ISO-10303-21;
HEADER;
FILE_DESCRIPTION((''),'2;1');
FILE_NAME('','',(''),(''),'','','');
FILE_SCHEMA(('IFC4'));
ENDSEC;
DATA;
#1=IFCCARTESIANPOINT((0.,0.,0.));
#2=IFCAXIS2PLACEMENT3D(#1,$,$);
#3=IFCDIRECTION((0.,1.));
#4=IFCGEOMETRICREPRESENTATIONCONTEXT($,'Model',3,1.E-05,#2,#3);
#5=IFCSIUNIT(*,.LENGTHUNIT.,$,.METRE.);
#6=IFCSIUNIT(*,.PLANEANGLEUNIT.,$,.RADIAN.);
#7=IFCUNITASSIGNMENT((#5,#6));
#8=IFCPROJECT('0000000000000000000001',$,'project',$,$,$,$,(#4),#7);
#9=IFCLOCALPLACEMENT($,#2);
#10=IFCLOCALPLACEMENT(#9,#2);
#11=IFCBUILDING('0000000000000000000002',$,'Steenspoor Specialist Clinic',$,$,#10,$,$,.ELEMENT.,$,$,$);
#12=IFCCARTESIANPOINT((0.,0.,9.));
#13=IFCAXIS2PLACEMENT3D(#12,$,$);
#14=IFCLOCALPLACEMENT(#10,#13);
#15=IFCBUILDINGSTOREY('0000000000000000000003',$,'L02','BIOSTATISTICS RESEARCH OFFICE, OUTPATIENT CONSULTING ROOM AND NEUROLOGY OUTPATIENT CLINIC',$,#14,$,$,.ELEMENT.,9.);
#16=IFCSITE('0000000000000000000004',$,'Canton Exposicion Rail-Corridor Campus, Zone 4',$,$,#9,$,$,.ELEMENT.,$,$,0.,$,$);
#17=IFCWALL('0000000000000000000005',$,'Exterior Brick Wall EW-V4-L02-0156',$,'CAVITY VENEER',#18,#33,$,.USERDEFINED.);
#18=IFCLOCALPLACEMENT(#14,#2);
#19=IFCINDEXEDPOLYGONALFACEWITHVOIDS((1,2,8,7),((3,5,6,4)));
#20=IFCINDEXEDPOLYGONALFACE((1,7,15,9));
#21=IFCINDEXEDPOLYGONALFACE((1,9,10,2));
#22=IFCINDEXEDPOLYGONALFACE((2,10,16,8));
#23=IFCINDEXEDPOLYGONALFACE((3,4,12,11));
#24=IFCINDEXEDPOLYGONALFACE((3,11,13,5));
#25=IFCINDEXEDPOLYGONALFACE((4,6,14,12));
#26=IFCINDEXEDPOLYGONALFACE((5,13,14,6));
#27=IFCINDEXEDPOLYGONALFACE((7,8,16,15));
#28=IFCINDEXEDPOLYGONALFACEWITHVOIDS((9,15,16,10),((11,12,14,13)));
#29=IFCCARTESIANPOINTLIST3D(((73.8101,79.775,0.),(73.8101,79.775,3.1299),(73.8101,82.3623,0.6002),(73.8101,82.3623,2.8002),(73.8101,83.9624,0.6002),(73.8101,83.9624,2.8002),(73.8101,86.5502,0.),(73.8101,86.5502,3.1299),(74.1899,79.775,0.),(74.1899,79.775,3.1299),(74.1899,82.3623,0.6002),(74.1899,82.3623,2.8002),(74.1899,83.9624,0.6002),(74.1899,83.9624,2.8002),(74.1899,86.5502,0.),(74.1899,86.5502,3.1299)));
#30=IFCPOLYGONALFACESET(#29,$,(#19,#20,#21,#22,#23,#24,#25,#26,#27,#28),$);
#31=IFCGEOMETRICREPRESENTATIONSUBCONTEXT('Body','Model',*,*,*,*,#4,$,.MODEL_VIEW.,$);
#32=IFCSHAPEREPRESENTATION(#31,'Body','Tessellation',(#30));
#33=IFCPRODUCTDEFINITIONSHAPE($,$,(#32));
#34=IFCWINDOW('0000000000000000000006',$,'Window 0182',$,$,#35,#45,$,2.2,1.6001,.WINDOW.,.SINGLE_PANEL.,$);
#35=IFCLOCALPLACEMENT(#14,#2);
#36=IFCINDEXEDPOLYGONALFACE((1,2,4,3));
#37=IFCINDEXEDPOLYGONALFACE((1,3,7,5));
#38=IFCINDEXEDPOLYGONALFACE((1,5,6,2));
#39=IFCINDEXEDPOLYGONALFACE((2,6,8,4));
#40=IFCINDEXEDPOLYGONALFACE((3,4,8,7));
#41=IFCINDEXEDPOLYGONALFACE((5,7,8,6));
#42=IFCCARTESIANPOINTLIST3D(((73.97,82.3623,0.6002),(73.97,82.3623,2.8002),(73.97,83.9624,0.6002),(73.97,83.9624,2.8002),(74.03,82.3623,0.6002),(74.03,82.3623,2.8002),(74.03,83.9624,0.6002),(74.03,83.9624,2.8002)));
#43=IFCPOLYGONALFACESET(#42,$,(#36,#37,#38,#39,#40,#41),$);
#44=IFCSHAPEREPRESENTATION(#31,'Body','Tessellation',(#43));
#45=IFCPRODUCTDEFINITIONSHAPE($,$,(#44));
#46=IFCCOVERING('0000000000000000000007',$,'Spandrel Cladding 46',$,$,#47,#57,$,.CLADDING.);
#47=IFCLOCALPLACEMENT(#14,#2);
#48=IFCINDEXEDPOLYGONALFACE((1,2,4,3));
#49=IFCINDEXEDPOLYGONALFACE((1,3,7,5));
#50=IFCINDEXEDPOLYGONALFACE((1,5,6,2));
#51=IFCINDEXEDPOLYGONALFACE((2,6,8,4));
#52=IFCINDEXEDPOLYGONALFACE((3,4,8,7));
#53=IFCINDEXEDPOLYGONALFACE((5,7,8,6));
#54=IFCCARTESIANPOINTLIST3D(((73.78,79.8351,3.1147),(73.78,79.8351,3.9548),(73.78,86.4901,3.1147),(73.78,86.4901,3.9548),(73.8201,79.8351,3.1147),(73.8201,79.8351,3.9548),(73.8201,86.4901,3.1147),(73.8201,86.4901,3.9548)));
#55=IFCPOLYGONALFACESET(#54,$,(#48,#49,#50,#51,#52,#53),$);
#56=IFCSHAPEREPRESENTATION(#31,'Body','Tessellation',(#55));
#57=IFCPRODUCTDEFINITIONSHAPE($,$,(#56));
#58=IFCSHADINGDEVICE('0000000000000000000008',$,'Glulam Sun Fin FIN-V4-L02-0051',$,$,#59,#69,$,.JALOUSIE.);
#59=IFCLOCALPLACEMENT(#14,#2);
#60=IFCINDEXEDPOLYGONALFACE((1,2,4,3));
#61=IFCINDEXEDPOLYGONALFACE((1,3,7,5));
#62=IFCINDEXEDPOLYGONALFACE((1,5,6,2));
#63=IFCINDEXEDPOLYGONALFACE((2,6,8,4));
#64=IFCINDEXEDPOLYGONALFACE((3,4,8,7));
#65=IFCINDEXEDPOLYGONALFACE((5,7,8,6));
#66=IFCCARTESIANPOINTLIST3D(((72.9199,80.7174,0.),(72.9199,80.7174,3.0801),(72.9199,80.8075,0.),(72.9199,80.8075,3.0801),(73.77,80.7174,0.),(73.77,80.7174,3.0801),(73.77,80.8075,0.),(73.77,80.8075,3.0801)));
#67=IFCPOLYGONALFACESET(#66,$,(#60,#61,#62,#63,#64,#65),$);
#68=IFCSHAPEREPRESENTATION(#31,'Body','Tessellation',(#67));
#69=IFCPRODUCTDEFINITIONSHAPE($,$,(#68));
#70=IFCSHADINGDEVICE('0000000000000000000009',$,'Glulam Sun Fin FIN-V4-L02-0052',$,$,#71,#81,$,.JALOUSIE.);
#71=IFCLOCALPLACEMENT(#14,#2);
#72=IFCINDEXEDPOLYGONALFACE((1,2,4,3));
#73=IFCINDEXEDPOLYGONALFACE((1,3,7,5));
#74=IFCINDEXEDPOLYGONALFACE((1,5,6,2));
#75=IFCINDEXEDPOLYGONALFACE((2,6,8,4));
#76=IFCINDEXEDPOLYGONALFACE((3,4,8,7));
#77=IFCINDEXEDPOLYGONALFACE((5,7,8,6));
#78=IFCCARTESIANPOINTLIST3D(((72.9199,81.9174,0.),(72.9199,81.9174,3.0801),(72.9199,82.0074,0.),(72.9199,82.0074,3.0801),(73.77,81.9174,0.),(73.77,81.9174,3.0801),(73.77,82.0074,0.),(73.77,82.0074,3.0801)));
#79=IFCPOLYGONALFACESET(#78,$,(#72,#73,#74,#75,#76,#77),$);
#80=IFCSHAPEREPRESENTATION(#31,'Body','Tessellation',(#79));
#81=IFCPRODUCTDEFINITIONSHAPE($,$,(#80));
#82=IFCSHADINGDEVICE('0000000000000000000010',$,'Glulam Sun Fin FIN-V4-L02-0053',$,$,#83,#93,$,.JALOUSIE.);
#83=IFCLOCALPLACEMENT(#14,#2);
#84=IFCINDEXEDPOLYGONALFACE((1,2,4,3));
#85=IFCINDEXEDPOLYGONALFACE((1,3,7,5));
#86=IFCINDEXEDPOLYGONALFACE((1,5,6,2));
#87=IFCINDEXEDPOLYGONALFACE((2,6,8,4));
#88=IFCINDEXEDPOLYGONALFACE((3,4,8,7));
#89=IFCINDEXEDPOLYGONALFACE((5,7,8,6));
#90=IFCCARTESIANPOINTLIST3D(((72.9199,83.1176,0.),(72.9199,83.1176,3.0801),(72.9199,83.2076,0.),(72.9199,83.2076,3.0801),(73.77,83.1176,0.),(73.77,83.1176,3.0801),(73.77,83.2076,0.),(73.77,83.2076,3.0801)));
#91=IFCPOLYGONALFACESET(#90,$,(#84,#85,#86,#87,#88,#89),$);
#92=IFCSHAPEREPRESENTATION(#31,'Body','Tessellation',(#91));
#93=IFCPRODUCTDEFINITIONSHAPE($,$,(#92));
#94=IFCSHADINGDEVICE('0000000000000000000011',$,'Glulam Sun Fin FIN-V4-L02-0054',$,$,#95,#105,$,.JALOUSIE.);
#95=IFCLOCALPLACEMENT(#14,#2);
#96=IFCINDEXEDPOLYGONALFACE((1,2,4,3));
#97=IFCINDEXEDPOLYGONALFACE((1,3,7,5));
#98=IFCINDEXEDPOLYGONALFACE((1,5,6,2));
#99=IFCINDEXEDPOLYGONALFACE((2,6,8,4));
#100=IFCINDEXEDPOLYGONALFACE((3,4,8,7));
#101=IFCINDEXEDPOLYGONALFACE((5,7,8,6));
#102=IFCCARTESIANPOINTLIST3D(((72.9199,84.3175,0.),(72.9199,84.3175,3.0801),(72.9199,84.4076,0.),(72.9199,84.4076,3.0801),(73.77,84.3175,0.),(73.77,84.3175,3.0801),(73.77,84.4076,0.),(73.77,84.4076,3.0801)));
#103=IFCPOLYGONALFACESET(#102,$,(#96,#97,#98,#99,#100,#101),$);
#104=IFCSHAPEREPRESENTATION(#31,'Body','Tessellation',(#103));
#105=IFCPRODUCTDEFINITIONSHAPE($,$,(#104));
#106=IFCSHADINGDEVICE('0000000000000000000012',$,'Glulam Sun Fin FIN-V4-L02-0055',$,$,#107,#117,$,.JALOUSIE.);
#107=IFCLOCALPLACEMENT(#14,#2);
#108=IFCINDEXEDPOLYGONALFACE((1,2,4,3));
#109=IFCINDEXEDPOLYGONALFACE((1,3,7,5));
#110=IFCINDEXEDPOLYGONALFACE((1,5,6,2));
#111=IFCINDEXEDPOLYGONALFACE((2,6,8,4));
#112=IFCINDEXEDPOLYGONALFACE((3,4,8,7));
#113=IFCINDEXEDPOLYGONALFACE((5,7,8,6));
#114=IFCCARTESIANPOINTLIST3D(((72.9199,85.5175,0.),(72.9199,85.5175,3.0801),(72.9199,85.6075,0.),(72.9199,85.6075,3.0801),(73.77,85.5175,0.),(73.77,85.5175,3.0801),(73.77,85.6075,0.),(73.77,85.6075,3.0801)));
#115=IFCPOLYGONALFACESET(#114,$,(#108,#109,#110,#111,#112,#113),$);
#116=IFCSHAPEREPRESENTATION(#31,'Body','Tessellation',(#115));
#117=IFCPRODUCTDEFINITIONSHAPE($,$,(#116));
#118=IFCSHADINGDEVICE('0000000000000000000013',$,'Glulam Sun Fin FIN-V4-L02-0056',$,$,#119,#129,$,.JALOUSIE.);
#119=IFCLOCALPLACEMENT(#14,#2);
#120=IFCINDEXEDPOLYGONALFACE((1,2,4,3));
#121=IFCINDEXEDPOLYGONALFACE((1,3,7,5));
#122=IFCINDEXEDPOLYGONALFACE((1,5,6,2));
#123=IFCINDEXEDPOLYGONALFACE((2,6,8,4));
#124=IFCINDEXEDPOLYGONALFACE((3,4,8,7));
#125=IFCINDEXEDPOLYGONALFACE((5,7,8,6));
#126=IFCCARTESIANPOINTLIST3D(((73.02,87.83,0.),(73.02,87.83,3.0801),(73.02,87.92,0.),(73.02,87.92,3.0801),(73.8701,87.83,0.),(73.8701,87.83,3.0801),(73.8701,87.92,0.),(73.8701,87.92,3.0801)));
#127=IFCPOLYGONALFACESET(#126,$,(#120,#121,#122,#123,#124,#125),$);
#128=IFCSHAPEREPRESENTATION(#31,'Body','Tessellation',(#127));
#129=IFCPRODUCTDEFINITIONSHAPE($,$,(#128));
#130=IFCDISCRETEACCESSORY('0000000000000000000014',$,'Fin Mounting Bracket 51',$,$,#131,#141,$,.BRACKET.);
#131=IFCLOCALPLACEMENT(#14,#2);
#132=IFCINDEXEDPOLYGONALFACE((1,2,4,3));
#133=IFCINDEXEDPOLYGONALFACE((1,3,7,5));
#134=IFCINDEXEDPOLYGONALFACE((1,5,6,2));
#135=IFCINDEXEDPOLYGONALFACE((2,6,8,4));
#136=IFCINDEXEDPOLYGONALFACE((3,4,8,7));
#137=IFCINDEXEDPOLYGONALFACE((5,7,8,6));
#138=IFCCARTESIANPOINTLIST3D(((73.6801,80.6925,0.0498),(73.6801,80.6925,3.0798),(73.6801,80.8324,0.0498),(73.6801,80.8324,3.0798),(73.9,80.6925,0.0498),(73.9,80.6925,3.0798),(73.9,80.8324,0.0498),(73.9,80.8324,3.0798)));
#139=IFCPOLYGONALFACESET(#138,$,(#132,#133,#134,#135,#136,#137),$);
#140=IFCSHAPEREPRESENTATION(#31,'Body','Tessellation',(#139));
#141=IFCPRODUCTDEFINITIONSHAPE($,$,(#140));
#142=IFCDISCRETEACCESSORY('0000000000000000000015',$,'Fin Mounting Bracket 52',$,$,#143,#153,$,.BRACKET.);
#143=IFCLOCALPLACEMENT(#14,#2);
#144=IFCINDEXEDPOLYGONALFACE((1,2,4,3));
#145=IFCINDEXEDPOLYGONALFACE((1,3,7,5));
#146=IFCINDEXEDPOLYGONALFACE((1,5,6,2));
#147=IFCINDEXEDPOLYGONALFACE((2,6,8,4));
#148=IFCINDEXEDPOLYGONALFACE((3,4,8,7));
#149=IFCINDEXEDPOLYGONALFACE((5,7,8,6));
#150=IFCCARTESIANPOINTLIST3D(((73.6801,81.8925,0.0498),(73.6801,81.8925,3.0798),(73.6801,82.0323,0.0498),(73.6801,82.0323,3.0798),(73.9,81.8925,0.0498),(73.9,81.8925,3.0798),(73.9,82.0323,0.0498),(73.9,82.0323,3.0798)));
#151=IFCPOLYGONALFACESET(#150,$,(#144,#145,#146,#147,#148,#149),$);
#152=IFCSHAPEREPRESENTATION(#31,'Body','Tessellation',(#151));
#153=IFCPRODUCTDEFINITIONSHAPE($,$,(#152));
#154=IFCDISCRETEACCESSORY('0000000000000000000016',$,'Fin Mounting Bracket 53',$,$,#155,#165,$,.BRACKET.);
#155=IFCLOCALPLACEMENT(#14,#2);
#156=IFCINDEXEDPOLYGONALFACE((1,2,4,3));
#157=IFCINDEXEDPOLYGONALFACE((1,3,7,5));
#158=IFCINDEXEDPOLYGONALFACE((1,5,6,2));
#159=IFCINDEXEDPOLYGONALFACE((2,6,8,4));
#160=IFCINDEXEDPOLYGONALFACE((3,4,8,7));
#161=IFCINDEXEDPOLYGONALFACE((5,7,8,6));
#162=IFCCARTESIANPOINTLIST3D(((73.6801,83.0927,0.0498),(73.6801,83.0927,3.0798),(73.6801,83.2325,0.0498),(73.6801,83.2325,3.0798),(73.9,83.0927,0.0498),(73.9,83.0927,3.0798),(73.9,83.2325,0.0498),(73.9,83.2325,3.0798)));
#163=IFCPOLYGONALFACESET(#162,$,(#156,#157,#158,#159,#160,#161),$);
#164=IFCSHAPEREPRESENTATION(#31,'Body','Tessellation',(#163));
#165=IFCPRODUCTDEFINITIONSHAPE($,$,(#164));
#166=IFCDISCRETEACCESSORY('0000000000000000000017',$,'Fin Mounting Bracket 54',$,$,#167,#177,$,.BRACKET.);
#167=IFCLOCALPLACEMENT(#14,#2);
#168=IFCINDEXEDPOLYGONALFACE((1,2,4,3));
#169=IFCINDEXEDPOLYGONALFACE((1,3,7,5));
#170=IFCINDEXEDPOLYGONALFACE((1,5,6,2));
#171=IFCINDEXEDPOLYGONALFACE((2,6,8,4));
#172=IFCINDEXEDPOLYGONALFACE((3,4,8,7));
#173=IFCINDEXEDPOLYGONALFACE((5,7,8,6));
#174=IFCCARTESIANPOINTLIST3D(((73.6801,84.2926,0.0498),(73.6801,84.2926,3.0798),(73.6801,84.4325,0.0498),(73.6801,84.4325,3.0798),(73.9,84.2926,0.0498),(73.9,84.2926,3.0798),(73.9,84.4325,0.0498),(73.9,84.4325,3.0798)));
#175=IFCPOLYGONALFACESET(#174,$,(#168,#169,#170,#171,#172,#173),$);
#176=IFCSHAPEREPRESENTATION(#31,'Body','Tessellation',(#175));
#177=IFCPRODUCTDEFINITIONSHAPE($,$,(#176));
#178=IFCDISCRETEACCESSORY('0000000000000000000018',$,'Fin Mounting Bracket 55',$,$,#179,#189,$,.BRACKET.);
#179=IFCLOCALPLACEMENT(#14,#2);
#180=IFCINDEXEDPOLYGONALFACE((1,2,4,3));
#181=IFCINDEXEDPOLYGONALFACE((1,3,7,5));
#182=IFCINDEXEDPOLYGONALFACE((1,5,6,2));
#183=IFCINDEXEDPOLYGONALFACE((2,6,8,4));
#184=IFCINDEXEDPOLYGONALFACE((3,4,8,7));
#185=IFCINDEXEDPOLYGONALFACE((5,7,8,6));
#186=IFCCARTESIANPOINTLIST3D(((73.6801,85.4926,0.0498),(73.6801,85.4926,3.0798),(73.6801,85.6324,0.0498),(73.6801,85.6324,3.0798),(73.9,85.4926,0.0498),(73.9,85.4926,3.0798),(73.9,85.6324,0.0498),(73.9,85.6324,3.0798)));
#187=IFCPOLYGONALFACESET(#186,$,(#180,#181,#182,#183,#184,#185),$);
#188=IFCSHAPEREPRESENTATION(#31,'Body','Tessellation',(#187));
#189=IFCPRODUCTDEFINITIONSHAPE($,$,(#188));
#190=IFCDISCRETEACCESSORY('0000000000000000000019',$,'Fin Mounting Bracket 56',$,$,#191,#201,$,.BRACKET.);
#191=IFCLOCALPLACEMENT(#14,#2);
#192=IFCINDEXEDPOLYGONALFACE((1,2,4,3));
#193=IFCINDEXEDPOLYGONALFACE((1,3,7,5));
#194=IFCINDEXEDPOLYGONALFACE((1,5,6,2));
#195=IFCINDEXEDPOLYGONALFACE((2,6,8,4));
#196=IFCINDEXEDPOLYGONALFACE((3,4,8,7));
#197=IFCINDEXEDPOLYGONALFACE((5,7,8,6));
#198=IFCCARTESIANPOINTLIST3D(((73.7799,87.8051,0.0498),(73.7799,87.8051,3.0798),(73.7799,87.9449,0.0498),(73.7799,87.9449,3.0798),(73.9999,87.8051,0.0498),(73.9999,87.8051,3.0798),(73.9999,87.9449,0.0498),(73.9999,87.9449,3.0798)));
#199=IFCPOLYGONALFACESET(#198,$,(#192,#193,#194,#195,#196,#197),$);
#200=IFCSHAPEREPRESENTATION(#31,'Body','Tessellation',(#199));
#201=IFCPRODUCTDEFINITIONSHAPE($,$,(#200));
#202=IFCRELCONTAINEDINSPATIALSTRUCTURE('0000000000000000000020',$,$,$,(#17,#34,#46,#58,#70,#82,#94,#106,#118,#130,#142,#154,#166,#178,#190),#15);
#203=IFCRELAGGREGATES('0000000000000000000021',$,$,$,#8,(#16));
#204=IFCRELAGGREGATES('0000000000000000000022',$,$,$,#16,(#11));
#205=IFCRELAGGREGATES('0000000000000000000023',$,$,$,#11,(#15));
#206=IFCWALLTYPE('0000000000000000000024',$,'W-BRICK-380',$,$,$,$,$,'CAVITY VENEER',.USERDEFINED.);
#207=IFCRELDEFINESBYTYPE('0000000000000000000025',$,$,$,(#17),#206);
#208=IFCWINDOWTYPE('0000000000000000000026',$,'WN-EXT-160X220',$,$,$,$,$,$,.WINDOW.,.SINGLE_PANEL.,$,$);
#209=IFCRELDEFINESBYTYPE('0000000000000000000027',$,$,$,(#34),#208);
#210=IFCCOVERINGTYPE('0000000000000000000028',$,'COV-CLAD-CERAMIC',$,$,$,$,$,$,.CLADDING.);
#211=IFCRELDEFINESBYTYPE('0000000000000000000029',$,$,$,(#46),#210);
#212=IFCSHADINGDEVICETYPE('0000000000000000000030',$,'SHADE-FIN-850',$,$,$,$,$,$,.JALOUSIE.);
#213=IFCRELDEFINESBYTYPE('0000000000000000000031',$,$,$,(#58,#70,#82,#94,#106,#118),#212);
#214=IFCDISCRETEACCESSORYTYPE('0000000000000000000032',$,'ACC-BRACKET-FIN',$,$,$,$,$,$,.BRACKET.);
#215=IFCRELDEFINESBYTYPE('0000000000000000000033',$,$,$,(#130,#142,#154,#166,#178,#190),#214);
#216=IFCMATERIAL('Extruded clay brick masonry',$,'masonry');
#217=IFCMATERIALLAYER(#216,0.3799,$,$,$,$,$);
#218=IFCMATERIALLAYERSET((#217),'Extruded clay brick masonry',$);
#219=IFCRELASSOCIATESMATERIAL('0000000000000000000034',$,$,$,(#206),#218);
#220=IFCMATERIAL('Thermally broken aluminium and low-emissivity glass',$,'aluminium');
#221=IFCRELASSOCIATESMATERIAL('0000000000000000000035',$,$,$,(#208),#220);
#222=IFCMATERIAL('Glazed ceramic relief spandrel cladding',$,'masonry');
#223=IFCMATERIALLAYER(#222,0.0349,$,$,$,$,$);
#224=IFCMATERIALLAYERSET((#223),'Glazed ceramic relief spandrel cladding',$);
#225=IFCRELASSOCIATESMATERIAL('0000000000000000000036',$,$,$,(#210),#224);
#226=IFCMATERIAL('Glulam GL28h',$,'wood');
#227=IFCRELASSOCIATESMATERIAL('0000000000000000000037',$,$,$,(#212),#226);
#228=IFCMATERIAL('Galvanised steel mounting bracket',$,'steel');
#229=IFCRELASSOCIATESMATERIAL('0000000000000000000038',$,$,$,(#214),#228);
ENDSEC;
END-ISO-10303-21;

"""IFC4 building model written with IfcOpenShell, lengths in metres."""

from ifc_helpers import new_model, si_unit, direction, frame, frame_2d, origin, origin_2d, place, context, subcontext, project, spatial, rectangle, extrude, material, layer, layer_set, material_profile, profile_set, type_object, element, fill, save


model = new_model("IFC4")

# Units and contexts
model_context = context("Model", 3, precision=1e-05, world=origin(), true_north=direction((0.0, 1.0)))
body_context = subcontext(model_context, "Body", "Model", "MODEL_VIEW")
ifc_project = project(units=[si_unit("LENGTHUNIT", "METRE"), si_unit("PLANEANGLEUNIT", "RADIAN")], contexts=[model_context])

# Site, building, storey
site_placement = place(None, origin())
site = spatial("IfcSite", under=ifc_project, at=site_placement, Name="Canton Exposicion Rail-Corridor Campus, Zone 4", CompositionType="ELEMENT", RefElevation=0.0)
building_placement = place(site_placement, origin())
building = spatial("IfcBuilding", under=site, at=building_placement, Name="Steenspoor Specialist Clinic", CompositionType="ELEMENT")
storey_placement = place(building_placement, frame((0.0, 0.0, 9.0)))
storey = spatial("IfcBuildingStorey", under=building, at=storey_placement, Name="L02", Description="BIOSTATISTICS RESEARCH OFFICE, OUTPATIENT CONSULTING ROOM AND NEUROLOGY OUTPATIENT CLINIC", CompositionType="ELEMENT", Elevation=9.0)

# Shared definitions
ifc_material_1 = material(Name="Thermally broken aluminium and low-emissivity glass", Category="aluminium")

# Wall, opening, window
ifc_material_2 = material(Name="Extruded clay brick masonry", Category="masonry")
ifc_layer_1 = layer(ifc_material_2, 0.3799)
ifc_layer_set_1 = layer_set([ifc_layer_1], Name="Extruded clay brick masonry")
wall_type = type_object("IfcWallType", Name="W-BRICK-380", ElementType="CAVITY VENEER", PredefinedType="USERDEFINED", material=ifc_layer_set_1)
wall_placement = place(storey_placement, frame((74.0, 79.7749, 0.0), z_axis=(0.0, 0.0, 1.0), x_axis=(0.0, 1.0, 0.0)))
wall = element("IfcWall", 1, at=wall_placement, inside=storey, type_object=wall_type, Name="Exterior Brick Wall EW-V4-L02-0156", ObjectType="CAVITY VENEER", PredefinedType="USERDEFINED", context=body_context, shape_type="SweptSolid", body=[
    extrude(rectangle(XDim=6.7751, YDim=0.3799, at=frame_2d((3.3877, 0.0))), origin(), (0.0, 0.0, 1.0), 3.1299),
])
opening_placement = place(wall_placement, frame((2.5874, 0.0, 0.6001)))
opening = element("IfcOpeningElement", 2, at=opening_placement, cuts=wall, PredefinedType="OPENING", context=body_context, shape_type="SweptSolid", body=[
    extrude(rectangle(XDim=1.6001, YDim=2.2, at=frame_2d((0.8, 1.1001))), frame((0.0, 0.2, 0.0), z_axis=(0.0, -1.0, 0.0), x_axis=(1.0, 0.0, 0.0)), (0.0, 0.0, 1.0), 0.3999),
])
window_type = type_object("IfcWindowType", Name="WN-EXT-160X220", PartitioningType="SINGLE_PANEL", PredefinedType="WINDOW", material=ifc_material_1)
window_placement = place(opening_placement, origin())
window = element("IfcWindow", 3, at=window_placement, inside=storey, type_object=window_type, Name="Window 0182", OverallHeight=2.2, OverallWidth=1.6001, PartitioningType="SINGLE_PANEL", PredefinedType="WINDOW", context=body_context, shape_type="SweptSolid", body=[
    extrude(rectangle(XDim=1.6001, YDim=2.2, at=frame_2d((0.8, 1.1001))), frame((0.0, 0.03, 0.0), z_axis=(0.0, -1.0, 0.0), x_axis=(1.0, 0.0, 0.0)), (0.0, 0.0, 1.0), 0.0601),
])
fill(opening, window)

# Covering
ifc_material_3 = material(Name="Glazed ceramic relief spandrel cladding", Category="masonry")
ifc_layer_2 = layer(ifc_material_3, 0.0349)
ifc_layer_set_2 = layer_set([ifc_layer_2], Name="Glazed ceramic relief spandrel cladding")
covering_type = type_object("IfcCoveringType", Name="COV-CLAD-CERAMIC", PredefinedType="CLADDING", material=ifc_layer_set_2)
covering_placement = place(storey_placement, frame((73.8, 83.1626, 3.1147), z_axis=(0.0, 0.0, 1.0), x_axis=(0.0, 1.0, 0.0)))
element("IfcCovering", 4, at=covering_placement, inside=storey, type_object=covering_type, Name="Spandrel Cladding 46", PredefinedType="CLADDING", context=body_context, shape_type="SweptSolid", body=[
    extrude(rectangle(XDim=6.655, YDim=0.04, at=origin_2d()), origin(), (0.0, 0.0, 1.0), 0.8401),
])

# Shading devices
ifc_material_4 = material(Name="Glulam GL28h", Category="wood")
ifc_material_profile_1 = material_profile(ifc_material_4, rectangle(XDim=0.0901, YDim=0.8501, at=origin_2d()), Name="GL28H-90X850")
ifc_profile_set_1 = profile_set([ifc_material_profile_1], Name="Glulam GL28h")
shading_device_type = type_object("IfcShadingDeviceType", Name="SHADE-FIN-850", PredefinedType="JALOUSIE", material=ifc_profile_set_1)
for number, where, z_axis, x_axis, name in (
    (5, (73.345, 80.7625, 0.0), (0.0, 0.0, 1.0), (0.0, 1.0, 0.0), "Glulam Sun Fin FIN-V4-L02-0051"),
    (6, (73.345, 81.9624, 0.0), (0.0, 0.0, 1.0), (0.0, 1.0, 0.0), "Glulam Sun Fin FIN-V4-L02-0052"),
    (7, (73.345, 83.1626, 0.0), (0.0, 0.0, 1.0), (0.0, 1.0, 0.0), "Glulam Sun Fin FIN-V4-L02-0053"),
    (8, (73.345, 84.3625, 0.0), (0.0, 0.0, 1.0), (0.0, 1.0, 0.0), "Glulam Sun Fin FIN-V4-L02-0054"),
    (9, (73.345, 85.5625, 0.0), (0.0, 0.0, 1.0), (0.0, 1.0, 0.0), "Glulam Sun Fin FIN-V4-L02-0055"),
    (10, (73.4451, 87.875, 0.0), (0.0, 0.0, 1.0), (0.0, 1.0, 0.0), "Glulam Sun Fin FIN-V4-L02-0056"),
):
    element("IfcShadingDevice", number, at=place(storey_placement, frame(where, z_axis=z_axis, x_axis=x_axis)), inside=storey, type_object=shading_device_type, Name=name, PredefinedType="JALOUSIE", context=body_context, shape_type="SweptSolid", body=[
        extrude(rectangle(XDim=0.0901, YDim=0.8501, at=origin_2d()), origin(), (0.0, 0.0, 1.0), 3.0801),
    ])

# Discrete accessories
ifc_material_5 = material(Name="Galvanised steel mounting bracket", Category="steel")
discrete_accessory_type = type_object("IfcDiscreteAccessoryType", Name="ACC-BRACKET-FIN", PredefinedType="BRACKET", material=ifc_material_5)
for number, where, z_axis, x_axis, name in (
    (11, (73.79, 80.7625, 0.0498), (0.0, 0.0, 1.0), (-1.0, 0.0, 0.0), "Fin Mounting Bracket 51"),
    (12, (73.79, 81.9624, 0.0498), (0.0, 0.0, 1.0), (-1.0, 0.0, 0.0), "Fin Mounting Bracket 52"),
    (13, (73.79, 83.1626, 0.0498), (0.0, 0.0, 1.0), (-1.0, 0.0, 0.0), "Fin Mounting Bracket 53"),
    (14, (73.79, 84.3625, 0.0498), (0.0, 0.0, 1.0), (-1.0, 0.0, 0.0), "Fin Mounting Bracket 54"),
    (15, (73.79, 85.5625, 0.0498), (0.0, 0.0, 1.0), (-1.0, 0.0, 0.0), "Fin Mounting Bracket 55"),
    (16, (73.8899, 87.875, 0.0498), (0.0, 0.0, 1.0), (-1.0, 0.0, 0.0), "Fin Mounting Bracket 56"),
):
    element("IfcDiscreteAccessory", number, at=place(storey_placement, frame(where, z_axis=z_axis, x_axis=x_axis)), inside=storey, type_object=discrete_accessory_type, Name=name, PredefinedType="BRACKET", context=body_context, shape_type="SweptSolid", body=[
        extrude(rectangle(XDim=0.22, YDim=0.1399, at=origin_2d()), origin(), (0.0, 0.0, 1.0), 3.03),
    ])

save(model, "model.ifc")
